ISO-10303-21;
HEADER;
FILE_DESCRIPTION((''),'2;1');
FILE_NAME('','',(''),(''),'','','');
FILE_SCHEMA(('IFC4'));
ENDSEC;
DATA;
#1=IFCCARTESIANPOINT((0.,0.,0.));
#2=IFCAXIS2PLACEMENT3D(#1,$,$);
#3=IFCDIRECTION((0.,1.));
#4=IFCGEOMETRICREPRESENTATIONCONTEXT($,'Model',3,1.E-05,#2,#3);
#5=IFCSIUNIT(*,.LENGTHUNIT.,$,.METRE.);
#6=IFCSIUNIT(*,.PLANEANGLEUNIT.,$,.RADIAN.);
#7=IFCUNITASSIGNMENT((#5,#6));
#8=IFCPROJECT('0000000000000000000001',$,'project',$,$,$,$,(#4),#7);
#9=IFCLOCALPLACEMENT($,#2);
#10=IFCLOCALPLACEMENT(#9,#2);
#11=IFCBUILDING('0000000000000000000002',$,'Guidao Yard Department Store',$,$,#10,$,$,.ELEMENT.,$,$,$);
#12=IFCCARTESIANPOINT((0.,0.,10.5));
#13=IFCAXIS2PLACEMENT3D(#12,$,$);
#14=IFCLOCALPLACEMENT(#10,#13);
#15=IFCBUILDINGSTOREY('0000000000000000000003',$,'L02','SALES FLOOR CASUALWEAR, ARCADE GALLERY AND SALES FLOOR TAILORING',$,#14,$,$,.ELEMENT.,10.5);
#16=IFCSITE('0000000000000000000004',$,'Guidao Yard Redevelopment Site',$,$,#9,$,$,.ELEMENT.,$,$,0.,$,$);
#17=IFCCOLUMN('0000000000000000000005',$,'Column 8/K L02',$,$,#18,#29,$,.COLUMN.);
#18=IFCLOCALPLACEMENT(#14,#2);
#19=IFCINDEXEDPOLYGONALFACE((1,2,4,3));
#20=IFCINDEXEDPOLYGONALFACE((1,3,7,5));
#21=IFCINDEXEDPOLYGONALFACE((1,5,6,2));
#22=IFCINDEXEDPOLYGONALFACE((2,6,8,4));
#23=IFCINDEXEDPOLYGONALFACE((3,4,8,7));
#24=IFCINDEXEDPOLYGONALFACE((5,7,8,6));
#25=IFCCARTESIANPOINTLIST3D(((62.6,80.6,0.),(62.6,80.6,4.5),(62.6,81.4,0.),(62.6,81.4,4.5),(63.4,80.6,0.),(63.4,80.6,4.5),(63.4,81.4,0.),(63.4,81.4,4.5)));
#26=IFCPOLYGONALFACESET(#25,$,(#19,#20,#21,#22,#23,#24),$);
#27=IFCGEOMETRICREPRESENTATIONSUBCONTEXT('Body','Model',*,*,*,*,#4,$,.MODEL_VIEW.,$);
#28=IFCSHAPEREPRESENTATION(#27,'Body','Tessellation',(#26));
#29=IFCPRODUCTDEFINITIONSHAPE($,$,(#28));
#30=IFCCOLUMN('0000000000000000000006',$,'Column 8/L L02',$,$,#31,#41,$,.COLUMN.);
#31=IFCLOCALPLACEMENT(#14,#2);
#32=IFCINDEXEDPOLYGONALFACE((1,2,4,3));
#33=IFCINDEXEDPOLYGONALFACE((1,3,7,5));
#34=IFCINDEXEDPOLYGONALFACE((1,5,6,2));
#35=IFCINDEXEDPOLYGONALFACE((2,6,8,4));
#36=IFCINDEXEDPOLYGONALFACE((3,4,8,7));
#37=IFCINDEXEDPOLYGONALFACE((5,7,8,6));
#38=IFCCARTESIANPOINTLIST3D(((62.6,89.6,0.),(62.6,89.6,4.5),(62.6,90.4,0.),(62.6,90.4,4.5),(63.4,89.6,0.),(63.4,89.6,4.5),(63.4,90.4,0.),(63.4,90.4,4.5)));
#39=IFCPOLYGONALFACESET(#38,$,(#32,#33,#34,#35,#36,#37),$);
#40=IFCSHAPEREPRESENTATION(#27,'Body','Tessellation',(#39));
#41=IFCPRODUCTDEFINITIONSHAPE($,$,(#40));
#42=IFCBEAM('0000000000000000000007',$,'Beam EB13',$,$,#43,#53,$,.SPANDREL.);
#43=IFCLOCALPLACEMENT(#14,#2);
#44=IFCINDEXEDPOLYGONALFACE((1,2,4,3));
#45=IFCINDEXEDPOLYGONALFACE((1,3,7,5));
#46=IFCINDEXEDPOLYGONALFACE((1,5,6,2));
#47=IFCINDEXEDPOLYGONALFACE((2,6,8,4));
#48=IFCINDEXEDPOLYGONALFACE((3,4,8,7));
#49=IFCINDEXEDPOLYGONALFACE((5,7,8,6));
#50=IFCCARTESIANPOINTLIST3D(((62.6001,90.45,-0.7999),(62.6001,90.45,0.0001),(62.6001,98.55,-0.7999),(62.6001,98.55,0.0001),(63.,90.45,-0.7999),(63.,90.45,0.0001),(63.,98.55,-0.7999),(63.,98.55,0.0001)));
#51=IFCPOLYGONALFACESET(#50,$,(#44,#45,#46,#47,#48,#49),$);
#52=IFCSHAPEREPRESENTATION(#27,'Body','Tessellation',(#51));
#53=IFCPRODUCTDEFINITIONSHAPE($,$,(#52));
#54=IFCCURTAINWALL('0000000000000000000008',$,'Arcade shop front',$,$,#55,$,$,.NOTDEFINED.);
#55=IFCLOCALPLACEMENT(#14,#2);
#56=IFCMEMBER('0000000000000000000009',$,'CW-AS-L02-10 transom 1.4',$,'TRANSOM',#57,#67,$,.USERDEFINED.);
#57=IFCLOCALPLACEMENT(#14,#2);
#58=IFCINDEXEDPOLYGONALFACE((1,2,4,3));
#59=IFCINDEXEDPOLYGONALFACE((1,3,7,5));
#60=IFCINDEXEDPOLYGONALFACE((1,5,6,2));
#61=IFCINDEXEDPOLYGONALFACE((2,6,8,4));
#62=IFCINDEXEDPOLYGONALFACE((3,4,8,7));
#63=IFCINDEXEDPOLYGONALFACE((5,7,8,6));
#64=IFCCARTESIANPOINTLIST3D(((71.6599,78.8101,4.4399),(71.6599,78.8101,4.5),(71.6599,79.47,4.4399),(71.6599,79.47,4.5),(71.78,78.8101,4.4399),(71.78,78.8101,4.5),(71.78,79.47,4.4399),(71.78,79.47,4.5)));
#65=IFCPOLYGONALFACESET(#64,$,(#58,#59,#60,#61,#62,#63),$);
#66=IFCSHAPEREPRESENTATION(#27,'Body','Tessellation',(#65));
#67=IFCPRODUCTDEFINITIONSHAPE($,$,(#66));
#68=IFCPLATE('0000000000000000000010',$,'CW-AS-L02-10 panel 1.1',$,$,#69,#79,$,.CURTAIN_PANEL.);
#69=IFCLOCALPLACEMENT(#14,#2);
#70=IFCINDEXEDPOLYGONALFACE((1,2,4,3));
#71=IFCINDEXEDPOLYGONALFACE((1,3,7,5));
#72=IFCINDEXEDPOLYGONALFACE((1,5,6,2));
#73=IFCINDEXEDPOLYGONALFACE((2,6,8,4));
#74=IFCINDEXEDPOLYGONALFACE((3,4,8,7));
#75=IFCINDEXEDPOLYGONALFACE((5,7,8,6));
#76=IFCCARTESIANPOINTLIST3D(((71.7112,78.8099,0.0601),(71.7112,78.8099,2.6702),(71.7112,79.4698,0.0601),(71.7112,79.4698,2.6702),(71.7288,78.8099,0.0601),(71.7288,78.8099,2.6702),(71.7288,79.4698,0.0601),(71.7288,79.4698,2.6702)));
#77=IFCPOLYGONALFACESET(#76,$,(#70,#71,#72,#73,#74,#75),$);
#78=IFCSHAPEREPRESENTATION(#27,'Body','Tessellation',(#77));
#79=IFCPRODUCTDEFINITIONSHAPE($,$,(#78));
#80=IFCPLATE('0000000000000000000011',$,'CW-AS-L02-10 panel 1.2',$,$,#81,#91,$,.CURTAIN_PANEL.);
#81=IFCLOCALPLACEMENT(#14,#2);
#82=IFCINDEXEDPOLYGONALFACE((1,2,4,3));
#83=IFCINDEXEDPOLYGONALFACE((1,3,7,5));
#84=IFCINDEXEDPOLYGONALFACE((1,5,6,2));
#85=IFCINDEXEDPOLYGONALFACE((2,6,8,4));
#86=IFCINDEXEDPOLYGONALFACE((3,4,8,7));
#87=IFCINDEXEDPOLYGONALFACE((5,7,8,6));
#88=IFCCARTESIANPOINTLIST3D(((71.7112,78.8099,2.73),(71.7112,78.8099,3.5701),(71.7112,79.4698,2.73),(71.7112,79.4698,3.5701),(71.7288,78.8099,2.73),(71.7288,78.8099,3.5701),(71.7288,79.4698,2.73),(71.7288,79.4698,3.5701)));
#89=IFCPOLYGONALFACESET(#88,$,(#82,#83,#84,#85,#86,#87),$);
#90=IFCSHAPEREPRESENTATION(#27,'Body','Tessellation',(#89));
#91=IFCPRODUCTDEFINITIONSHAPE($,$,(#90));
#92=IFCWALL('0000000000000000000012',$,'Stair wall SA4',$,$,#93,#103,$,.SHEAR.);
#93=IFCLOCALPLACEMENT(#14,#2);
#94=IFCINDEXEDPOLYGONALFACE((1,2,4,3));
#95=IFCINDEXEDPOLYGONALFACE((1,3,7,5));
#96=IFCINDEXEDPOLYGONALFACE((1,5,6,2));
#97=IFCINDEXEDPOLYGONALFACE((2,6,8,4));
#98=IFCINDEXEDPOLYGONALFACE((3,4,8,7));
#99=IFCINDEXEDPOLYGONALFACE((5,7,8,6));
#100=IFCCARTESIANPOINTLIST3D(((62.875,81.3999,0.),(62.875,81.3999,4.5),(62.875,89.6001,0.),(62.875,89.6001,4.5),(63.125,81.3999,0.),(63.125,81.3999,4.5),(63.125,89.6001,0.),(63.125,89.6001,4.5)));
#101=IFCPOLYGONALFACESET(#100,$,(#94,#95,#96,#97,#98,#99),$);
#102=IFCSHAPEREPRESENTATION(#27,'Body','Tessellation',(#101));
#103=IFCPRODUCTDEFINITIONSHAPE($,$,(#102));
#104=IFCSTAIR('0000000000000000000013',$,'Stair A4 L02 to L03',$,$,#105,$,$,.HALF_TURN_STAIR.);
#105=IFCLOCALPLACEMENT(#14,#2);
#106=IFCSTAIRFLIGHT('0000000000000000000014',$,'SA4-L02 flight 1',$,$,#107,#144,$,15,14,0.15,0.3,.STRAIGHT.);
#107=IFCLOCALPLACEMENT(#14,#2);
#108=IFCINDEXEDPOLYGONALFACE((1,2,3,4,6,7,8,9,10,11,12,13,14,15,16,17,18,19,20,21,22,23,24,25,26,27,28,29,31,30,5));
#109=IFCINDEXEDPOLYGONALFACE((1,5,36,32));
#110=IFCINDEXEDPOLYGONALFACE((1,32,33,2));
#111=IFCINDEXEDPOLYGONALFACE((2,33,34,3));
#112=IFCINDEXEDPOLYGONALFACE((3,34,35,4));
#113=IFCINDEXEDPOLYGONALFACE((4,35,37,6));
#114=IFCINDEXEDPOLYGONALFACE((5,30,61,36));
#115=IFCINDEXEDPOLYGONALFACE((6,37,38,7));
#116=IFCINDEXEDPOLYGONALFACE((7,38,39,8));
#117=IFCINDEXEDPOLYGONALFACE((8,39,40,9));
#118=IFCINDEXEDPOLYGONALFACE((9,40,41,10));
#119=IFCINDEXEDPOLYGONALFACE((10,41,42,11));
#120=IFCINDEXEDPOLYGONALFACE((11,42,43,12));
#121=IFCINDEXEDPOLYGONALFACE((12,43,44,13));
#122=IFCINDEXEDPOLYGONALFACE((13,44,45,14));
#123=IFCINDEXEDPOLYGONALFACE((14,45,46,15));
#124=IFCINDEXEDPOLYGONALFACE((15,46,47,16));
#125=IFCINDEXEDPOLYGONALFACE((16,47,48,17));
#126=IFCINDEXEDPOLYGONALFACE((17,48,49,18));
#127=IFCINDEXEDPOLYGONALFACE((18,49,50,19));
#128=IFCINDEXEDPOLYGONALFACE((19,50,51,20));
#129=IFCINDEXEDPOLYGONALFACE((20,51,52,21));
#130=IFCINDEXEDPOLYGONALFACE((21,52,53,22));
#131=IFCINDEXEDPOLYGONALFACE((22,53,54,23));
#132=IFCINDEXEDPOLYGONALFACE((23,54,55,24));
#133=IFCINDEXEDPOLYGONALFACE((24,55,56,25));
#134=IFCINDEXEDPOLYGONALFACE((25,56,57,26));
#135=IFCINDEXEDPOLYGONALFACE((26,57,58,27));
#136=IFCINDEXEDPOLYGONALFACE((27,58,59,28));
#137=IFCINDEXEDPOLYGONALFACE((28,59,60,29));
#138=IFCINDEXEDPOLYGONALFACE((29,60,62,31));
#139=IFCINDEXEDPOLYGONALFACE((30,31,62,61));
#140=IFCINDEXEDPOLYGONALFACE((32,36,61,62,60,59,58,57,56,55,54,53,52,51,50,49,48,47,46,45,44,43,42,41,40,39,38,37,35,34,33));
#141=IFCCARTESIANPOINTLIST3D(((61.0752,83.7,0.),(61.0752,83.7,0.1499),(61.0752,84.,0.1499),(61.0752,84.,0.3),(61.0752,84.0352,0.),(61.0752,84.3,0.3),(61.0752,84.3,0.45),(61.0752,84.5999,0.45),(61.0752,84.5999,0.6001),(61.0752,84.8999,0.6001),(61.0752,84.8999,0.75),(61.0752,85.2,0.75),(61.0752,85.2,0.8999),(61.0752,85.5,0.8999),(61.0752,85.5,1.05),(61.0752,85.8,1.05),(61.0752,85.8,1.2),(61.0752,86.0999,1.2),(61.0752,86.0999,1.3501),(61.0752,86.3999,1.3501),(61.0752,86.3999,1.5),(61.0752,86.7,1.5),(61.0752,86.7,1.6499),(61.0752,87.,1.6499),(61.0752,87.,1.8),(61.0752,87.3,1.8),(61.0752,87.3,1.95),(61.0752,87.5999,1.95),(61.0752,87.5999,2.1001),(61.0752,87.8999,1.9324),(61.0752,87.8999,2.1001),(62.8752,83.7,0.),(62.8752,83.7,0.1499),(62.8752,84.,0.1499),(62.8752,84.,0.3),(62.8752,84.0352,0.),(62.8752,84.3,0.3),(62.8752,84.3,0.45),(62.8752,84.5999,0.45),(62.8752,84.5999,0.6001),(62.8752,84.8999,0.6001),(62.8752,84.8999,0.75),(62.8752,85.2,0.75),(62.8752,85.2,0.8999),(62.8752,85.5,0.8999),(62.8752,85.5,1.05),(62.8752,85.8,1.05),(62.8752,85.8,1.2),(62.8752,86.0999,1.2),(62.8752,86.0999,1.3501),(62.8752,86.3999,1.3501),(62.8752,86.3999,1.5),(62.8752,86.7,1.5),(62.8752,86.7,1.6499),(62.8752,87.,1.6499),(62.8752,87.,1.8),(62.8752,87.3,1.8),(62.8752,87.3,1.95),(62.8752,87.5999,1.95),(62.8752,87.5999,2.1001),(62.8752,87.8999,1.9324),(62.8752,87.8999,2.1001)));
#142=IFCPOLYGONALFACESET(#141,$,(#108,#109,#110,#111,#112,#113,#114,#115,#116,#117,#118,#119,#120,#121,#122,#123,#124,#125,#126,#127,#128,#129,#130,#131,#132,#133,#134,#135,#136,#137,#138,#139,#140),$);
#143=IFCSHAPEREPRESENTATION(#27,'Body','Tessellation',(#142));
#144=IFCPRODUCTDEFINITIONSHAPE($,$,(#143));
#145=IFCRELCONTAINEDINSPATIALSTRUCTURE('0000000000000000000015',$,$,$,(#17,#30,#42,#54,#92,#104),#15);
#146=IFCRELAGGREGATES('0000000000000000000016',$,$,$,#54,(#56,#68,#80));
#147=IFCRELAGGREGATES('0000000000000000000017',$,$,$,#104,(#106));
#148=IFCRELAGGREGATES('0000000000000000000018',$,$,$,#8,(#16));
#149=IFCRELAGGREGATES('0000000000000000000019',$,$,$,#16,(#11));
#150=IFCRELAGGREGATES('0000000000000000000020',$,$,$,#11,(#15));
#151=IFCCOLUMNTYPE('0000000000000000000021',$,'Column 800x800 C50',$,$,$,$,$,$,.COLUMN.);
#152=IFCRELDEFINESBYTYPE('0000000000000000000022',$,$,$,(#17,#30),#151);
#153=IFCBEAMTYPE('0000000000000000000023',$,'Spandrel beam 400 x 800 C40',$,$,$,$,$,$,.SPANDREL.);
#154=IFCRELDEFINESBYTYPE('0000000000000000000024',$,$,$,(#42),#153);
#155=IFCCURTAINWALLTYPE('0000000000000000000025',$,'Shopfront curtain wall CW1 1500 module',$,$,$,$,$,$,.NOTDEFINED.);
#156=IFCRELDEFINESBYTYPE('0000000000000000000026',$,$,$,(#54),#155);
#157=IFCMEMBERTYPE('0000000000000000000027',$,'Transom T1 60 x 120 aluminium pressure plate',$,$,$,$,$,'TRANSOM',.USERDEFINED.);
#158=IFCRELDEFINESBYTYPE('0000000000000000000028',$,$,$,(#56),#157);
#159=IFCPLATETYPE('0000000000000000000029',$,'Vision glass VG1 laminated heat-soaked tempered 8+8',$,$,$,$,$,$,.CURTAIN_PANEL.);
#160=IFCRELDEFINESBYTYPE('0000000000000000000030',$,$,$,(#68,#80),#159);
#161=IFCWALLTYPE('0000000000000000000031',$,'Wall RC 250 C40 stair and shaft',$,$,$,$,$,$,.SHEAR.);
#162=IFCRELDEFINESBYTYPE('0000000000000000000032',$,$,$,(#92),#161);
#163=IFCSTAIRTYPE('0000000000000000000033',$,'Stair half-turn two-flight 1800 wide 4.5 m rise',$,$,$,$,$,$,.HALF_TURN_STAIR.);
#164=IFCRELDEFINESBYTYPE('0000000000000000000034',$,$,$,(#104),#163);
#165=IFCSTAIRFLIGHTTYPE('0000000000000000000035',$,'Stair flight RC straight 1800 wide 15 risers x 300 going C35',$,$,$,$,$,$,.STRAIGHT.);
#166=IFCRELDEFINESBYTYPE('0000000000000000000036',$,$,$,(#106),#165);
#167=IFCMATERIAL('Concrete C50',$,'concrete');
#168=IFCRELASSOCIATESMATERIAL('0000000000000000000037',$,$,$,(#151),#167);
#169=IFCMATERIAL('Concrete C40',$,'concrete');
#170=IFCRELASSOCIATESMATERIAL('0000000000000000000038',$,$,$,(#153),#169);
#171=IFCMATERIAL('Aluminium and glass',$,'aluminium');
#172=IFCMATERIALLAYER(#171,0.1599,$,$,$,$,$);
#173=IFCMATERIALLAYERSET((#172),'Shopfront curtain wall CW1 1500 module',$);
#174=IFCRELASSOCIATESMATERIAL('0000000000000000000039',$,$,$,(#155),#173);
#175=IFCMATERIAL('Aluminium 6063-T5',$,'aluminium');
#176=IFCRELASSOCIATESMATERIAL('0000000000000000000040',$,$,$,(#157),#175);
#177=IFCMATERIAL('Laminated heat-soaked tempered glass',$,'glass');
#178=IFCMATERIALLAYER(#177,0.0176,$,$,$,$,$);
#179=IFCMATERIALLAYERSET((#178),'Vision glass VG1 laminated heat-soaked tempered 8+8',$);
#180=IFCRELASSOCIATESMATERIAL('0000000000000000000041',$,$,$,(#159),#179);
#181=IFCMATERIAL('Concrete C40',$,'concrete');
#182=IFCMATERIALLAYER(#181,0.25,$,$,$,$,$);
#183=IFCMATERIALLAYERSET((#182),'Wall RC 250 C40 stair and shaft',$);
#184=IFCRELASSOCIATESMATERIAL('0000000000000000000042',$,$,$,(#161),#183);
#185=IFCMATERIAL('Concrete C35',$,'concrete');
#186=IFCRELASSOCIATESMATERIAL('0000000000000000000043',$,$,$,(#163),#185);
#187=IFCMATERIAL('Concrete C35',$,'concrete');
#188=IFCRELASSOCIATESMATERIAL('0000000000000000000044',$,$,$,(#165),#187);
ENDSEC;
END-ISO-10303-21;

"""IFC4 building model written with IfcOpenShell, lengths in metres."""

from ifc_helpers import new_model, si_unit, direction, frame, frame_2d, origin, origin_2d, place, context, subcontext, project, spatial, polyline, rectangle, outline, extrude, material, layer, layer_set, material_profile, profile_set, type_object, element, aggregate, save


model = new_model("IFC4")

# Units and contexts
model_context = context("Model", 3, precision=1e-05, world=origin(), true_north=direction((0.0, 1.0)))
body_context = subcontext(model_context, "Body", "Model", "MODEL_VIEW")
ifc_project = project(units=[si_unit("LENGTHUNIT", "METRE"), si_unit("PLANEANGLEUNIT", "RADIAN")], contexts=[model_context])

# Site, building, storey
site_placement = place(None, origin())
site = spatial("IfcSite", under=ifc_project, at=site_placement, Name="Guidao Yard Redevelopment Site", CompositionType="ELEMENT", RefElevation=0.0)
building_placement = place(site_placement, origin())
building = spatial("IfcBuilding", under=site, at=building_placement, Name="Guidao Yard Department Store", CompositionType="ELEMENT")
storey_placement = place(building_placement, frame((0.0, 0.0, 10.5)))
storey = spatial("IfcBuildingStorey", under=building, at=storey_placement, Name="L02", Description="SALES FLOOR CASUALWEAR, ARCADE GALLERY AND SALES FLOOR TAILORING", CompositionType="ELEMENT", Elevation=10.5)

# Columns
ifc_material_1 = material(Name="Concrete C50", Category="concrete")
ifc_material_profile_1 = material_profile(ifc_material_1, rectangle(XDim=0.8, YDim=0.8, at=origin_2d()), Name="COL 800x800")
ifc_profile_set_1 = profile_set([ifc_material_profile_1], Name="Concrete C50")
column_type = type_object("IfcColumnType", Name="Column 800x800 C50", PredefinedType="COLUMN", material=ifc_profile_set_1)
for number, where, z_axis, x_axis, name in (
    (1, (63.0, 81.0, 0.0), (0.0, 0.0, 1.0), (1.0, 0.0, 0.0), "Column 8/K L02"),
    (2, (63.0, 90.0, 0.0), (0.0, 0.0, 1.0), (1.0, 0.0, 0.0), "Column 8/L L02"),
):
    element("IfcColumn", number, at=place(storey_placement, frame(where, z_axis=z_axis, x_axis=x_axis)), inside=storey, type_object=column_type, Name=name, PredefinedType="COLUMN", context=body_context, shape_type="SweptSolid", body=[
        extrude(rectangle(XDim=0.8, YDim=0.8, at=origin_2d()), origin(), (0.0, 0.0, 1.0), 4.5),
    ])

# Beam
ifc_material_2 = material(Name="Concrete C40", Category="concrete")
ifc_material_profile_2 = material_profile(ifc_material_2, rectangle(XDim=0.3999, YDim=0.8, at=origin_2d()), Name="Spandrel beam 400 x 800 C40")
ifc_profile_set_2 = profile_set([ifc_material_profile_2], Name="Concrete C40")
beam_type = type_object("IfcBeamType", Name="Spandrel beam 400 x 800 C40", PredefinedType="SPANDREL", material=ifc_profile_set_2)
beam_placement = place(storey_placement, frame((62.8, 90.45, -0.3999), z_axis=(0.0, 1.0, 0.0), x_axis=(-1.0, 0.0, 0.0)))
element("IfcBeam", 3, at=beam_placement, inside=storey, type_object=beam_type, Name="Beam EB13", PredefinedType="SPANDREL", context=body_context, shape_type="SweptSolid", body=[
    extrude(rectangle(XDim=0.3999, YDim=0.8, at=origin_2d()), origin(), (0.0, 0.0, 1.0), 8.1001),
])

# Curtain wall, member, plates
ifc_material_3 = material(Name="Aluminium and glass", Category="aluminium")
ifc_layer_1 = layer(ifc_material_3, 0.1599)
ifc_layer_set_1 = layer_set([ifc_layer_1], Name="Shopfront curtain wall CW1 1500 module")
curtain_wall_type = type_object("IfcCurtainWallType", Name="Shopfront curtain wall CW1 1500 module", PredefinedType="NOTDEFINED", material=ifc_layer_set_1)
curtain_wall_placement = place(storey_placement, origin())
curtain_wall = element("IfcCurtainWall", 4, at=curtain_wall_placement, inside=storey, type_object=curtain_wall_type, Name="Arcade shop front", PredefinedType="NOTDEFINED")
ifc_material_4 = material(Name="Aluminium 6063-T5", Category="aluminium")
ifc_material_profile_3 = material_profile(ifc_material_4, rectangle(XDim=0.1201, YDim=0.0601, at=origin_2d()), Name="Transom T1 60 x 120 aluminium pressure plate")
ifc_profile_set_3 = profile_set([ifc_material_profile_3], Name="Aluminium 6063-T5")
member_type = type_object("IfcMemberType", Name="Transom T1 60 x 120 aluminium pressure plate", ElementType="TRANSOM", PredefinedType="USERDEFINED", material=ifc_profile_set_3)
member_placement = place(storey_placement, frame((71.72, 78.8101, 4.47), z_axis=(0.0, 1.0, 0.0), x_axis=(-1.0, 0.0, 0.0)))
member = element("IfcMember", 5, at=member_placement, type_object=member_type, Name="CW-AS-L02-10 transom 1.4", ObjectType="TRANSOM", PredefinedType="USERDEFINED", context=body_context, shape_type="SweptSolid", body=[
    extrude(rectangle(XDim=0.1201, YDim=0.0601, at=origin_2d()), origin(), (0.0, 0.0, 1.0), 0.6599),
])
ifc_material_5 = material(Name="Laminated heat-soaked tempered glass", Category="glass")
ifc_layer_2 = layer(ifc_material_5, 0.0176)
ifc_layer_set_2 = layer_set([ifc_layer_2], Name="Vision glass VG1 laminated heat-soaked tempered 8+8")
plate_type = type_object("IfcPlateType", Name="Vision glass VG1 laminated heat-soaked tempered 8+8", PredefinedType="CURTAIN_PANEL", material=ifc_layer_set_2)
plate_1_placement = place(storey_placement, frame((71.72, 79.1399, 0.0601), z_axis=(0.0, 0.0, 1.0), x_axis=(0.0, 1.0, 0.0)))
plate_1 = element("IfcPlate", 6, at=plate_1_placement, type_object=plate_type, Name="CW-AS-L02-10 panel 1.1", PredefinedType="CURTAIN_PANEL", context=body_context, shape_type="SweptSolid", body=[
    extrude(rectangle(XDim=0.6599, YDim=0.0176, at=origin_2d()), origin(), (0.0, 0.0, 1.0), 2.6101),
])
plate_2_placement = place(storey_placement, frame((71.72, 79.1399, 2.73), z_axis=(0.0, 0.0, 1.0), x_axis=(0.0, 1.0, 0.0)))
plate_2 = element("IfcPlate", 7, at=plate_2_placement, type_object=plate_type, Name="CW-AS-L02-10 panel 1.2", PredefinedType="CURTAIN_PANEL", context=body_context, shape_type="SweptSolid", body=[
    extrude(rectangle(XDim=0.6599, YDim=0.0176, at=origin_2d()), origin(), (0.0, 0.0, 1.0), 0.8401),
])
aggregate(curtain_wall, [member, plate_1, plate_2])

# Wall
ifc_material_6 = material(Name="Concrete C40", Category="concrete")
ifc_layer_3 = layer(ifc_material_6, 0.25)
ifc_layer_set_3 = layer_set([ifc_layer_3], Name="Wall RC 250 C40 stair and shaft")
wall_type_1 = type_object("IfcWallType", Name="Wall RC 250 C40 stair and shaft", PredefinedType="SHEAR", material=ifc_layer_set_3)
wall_1_placement = place(storey_placement, frame((63.0, 81.3999, 0.0), z_axis=(0.0, 0.0, 1.0), x_axis=(0.0, 1.0, 0.0)))
element("IfcWall", 8, at=wall_1_placement, inside=storey, type_object=wall_type_1, Name="Stair wall SA4", PredefinedType="SHEAR", context=body_context, shape_type="SweptSolid", body=[
    extrude(rectangle(XDim=8.2002, YDim=0.25, at=frame_2d((4.1001, 0.0))), origin(), (0.0, 0.0, 1.0), 4.5),
])

# Stair, stair flight
ifc_material_7 = material(Name="Concrete C35", Category="concrete")
stair_type = type_object("IfcStairType", Name="Stair half-turn two-flight 1800 wide 4.5 m rise", PredefinedType="HALF_TURN_STAIR", material=ifc_material_7)
stair_placement = place(storey_placement, origin())
stair = element("IfcStair", 9, at=stair_placement, inside=storey, type_object=stair_type, Name="Stair A4 L02 to L03", PredefinedType="HALF_TURN_STAIR")
ifc_material_8 = material(Name="Concrete C35", Category="concrete")
stair_flight_type = type_object("IfcStairFlightType", Name="Stair flight RC straight 1800 wide 15 risers x 300 going C35", PredefinedType="STRAIGHT", material=ifc_material_8)
stair_flight_placement = place(storey_placement, frame((61.9751, 83.7, 0.0), z_axis=(0.0, 0.0, 1.0), x_axis=(0.0, 1.0, 0.0)))
stair_flight = element("IfcStairFlight", 10, at=stair_flight_placement, type_object=stair_flight_type, Name="SA4-L02 flight 1", NumberOfRisers=15, NumberOfTreads=14, PredefinedType="STRAIGHT", RiserHeight=0.15, TreadLength=0.3, context=body_context, shape_type="SweptSolid", body=[
    extrude(outline(polyline([(0.0, 0.0), (0.0, 0.1499), (0.3, 0.1499), (0.3, 0.3), (0.6001, 0.3), (0.6001, 0.45), (0.8999, 0.45), (0.8999, 0.6001), (1.2, 0.6001), (1.2, 0.75), (1.5, 0.75), (1.5, 0.8999), (1.8, 0.8999), (1.8, 1.05), (2.1001, 1.05), (2.1001, 1.2), (2.3999, 1.2), (2.3999, 1.3501), (2.7, 1.3501), (2.7, 1.5), (3.0, 1.5), (3.0, 1.6499), (3.3, 1.6499), (3.3, 1.8), (3.6001, 1.8), (3.6001, 1.95), (3.8999, 1.95), (3.8999, 2.1001), (4.2, 2.1001), (4.2, 2.25), (4.2, 1.9324), (0.3352, 0.0), (0.0, 0.0)])), frame((0.0, 0.8999, 0.0), z_axis=(0.0, -1.0, 0.0), x_axis=(1.0, 0.0, 0.0)), (0.0, 0.0, 1.0), 1.8),
])
aggregate(stair, [stair_flight])

save(model, "model.ifc")
